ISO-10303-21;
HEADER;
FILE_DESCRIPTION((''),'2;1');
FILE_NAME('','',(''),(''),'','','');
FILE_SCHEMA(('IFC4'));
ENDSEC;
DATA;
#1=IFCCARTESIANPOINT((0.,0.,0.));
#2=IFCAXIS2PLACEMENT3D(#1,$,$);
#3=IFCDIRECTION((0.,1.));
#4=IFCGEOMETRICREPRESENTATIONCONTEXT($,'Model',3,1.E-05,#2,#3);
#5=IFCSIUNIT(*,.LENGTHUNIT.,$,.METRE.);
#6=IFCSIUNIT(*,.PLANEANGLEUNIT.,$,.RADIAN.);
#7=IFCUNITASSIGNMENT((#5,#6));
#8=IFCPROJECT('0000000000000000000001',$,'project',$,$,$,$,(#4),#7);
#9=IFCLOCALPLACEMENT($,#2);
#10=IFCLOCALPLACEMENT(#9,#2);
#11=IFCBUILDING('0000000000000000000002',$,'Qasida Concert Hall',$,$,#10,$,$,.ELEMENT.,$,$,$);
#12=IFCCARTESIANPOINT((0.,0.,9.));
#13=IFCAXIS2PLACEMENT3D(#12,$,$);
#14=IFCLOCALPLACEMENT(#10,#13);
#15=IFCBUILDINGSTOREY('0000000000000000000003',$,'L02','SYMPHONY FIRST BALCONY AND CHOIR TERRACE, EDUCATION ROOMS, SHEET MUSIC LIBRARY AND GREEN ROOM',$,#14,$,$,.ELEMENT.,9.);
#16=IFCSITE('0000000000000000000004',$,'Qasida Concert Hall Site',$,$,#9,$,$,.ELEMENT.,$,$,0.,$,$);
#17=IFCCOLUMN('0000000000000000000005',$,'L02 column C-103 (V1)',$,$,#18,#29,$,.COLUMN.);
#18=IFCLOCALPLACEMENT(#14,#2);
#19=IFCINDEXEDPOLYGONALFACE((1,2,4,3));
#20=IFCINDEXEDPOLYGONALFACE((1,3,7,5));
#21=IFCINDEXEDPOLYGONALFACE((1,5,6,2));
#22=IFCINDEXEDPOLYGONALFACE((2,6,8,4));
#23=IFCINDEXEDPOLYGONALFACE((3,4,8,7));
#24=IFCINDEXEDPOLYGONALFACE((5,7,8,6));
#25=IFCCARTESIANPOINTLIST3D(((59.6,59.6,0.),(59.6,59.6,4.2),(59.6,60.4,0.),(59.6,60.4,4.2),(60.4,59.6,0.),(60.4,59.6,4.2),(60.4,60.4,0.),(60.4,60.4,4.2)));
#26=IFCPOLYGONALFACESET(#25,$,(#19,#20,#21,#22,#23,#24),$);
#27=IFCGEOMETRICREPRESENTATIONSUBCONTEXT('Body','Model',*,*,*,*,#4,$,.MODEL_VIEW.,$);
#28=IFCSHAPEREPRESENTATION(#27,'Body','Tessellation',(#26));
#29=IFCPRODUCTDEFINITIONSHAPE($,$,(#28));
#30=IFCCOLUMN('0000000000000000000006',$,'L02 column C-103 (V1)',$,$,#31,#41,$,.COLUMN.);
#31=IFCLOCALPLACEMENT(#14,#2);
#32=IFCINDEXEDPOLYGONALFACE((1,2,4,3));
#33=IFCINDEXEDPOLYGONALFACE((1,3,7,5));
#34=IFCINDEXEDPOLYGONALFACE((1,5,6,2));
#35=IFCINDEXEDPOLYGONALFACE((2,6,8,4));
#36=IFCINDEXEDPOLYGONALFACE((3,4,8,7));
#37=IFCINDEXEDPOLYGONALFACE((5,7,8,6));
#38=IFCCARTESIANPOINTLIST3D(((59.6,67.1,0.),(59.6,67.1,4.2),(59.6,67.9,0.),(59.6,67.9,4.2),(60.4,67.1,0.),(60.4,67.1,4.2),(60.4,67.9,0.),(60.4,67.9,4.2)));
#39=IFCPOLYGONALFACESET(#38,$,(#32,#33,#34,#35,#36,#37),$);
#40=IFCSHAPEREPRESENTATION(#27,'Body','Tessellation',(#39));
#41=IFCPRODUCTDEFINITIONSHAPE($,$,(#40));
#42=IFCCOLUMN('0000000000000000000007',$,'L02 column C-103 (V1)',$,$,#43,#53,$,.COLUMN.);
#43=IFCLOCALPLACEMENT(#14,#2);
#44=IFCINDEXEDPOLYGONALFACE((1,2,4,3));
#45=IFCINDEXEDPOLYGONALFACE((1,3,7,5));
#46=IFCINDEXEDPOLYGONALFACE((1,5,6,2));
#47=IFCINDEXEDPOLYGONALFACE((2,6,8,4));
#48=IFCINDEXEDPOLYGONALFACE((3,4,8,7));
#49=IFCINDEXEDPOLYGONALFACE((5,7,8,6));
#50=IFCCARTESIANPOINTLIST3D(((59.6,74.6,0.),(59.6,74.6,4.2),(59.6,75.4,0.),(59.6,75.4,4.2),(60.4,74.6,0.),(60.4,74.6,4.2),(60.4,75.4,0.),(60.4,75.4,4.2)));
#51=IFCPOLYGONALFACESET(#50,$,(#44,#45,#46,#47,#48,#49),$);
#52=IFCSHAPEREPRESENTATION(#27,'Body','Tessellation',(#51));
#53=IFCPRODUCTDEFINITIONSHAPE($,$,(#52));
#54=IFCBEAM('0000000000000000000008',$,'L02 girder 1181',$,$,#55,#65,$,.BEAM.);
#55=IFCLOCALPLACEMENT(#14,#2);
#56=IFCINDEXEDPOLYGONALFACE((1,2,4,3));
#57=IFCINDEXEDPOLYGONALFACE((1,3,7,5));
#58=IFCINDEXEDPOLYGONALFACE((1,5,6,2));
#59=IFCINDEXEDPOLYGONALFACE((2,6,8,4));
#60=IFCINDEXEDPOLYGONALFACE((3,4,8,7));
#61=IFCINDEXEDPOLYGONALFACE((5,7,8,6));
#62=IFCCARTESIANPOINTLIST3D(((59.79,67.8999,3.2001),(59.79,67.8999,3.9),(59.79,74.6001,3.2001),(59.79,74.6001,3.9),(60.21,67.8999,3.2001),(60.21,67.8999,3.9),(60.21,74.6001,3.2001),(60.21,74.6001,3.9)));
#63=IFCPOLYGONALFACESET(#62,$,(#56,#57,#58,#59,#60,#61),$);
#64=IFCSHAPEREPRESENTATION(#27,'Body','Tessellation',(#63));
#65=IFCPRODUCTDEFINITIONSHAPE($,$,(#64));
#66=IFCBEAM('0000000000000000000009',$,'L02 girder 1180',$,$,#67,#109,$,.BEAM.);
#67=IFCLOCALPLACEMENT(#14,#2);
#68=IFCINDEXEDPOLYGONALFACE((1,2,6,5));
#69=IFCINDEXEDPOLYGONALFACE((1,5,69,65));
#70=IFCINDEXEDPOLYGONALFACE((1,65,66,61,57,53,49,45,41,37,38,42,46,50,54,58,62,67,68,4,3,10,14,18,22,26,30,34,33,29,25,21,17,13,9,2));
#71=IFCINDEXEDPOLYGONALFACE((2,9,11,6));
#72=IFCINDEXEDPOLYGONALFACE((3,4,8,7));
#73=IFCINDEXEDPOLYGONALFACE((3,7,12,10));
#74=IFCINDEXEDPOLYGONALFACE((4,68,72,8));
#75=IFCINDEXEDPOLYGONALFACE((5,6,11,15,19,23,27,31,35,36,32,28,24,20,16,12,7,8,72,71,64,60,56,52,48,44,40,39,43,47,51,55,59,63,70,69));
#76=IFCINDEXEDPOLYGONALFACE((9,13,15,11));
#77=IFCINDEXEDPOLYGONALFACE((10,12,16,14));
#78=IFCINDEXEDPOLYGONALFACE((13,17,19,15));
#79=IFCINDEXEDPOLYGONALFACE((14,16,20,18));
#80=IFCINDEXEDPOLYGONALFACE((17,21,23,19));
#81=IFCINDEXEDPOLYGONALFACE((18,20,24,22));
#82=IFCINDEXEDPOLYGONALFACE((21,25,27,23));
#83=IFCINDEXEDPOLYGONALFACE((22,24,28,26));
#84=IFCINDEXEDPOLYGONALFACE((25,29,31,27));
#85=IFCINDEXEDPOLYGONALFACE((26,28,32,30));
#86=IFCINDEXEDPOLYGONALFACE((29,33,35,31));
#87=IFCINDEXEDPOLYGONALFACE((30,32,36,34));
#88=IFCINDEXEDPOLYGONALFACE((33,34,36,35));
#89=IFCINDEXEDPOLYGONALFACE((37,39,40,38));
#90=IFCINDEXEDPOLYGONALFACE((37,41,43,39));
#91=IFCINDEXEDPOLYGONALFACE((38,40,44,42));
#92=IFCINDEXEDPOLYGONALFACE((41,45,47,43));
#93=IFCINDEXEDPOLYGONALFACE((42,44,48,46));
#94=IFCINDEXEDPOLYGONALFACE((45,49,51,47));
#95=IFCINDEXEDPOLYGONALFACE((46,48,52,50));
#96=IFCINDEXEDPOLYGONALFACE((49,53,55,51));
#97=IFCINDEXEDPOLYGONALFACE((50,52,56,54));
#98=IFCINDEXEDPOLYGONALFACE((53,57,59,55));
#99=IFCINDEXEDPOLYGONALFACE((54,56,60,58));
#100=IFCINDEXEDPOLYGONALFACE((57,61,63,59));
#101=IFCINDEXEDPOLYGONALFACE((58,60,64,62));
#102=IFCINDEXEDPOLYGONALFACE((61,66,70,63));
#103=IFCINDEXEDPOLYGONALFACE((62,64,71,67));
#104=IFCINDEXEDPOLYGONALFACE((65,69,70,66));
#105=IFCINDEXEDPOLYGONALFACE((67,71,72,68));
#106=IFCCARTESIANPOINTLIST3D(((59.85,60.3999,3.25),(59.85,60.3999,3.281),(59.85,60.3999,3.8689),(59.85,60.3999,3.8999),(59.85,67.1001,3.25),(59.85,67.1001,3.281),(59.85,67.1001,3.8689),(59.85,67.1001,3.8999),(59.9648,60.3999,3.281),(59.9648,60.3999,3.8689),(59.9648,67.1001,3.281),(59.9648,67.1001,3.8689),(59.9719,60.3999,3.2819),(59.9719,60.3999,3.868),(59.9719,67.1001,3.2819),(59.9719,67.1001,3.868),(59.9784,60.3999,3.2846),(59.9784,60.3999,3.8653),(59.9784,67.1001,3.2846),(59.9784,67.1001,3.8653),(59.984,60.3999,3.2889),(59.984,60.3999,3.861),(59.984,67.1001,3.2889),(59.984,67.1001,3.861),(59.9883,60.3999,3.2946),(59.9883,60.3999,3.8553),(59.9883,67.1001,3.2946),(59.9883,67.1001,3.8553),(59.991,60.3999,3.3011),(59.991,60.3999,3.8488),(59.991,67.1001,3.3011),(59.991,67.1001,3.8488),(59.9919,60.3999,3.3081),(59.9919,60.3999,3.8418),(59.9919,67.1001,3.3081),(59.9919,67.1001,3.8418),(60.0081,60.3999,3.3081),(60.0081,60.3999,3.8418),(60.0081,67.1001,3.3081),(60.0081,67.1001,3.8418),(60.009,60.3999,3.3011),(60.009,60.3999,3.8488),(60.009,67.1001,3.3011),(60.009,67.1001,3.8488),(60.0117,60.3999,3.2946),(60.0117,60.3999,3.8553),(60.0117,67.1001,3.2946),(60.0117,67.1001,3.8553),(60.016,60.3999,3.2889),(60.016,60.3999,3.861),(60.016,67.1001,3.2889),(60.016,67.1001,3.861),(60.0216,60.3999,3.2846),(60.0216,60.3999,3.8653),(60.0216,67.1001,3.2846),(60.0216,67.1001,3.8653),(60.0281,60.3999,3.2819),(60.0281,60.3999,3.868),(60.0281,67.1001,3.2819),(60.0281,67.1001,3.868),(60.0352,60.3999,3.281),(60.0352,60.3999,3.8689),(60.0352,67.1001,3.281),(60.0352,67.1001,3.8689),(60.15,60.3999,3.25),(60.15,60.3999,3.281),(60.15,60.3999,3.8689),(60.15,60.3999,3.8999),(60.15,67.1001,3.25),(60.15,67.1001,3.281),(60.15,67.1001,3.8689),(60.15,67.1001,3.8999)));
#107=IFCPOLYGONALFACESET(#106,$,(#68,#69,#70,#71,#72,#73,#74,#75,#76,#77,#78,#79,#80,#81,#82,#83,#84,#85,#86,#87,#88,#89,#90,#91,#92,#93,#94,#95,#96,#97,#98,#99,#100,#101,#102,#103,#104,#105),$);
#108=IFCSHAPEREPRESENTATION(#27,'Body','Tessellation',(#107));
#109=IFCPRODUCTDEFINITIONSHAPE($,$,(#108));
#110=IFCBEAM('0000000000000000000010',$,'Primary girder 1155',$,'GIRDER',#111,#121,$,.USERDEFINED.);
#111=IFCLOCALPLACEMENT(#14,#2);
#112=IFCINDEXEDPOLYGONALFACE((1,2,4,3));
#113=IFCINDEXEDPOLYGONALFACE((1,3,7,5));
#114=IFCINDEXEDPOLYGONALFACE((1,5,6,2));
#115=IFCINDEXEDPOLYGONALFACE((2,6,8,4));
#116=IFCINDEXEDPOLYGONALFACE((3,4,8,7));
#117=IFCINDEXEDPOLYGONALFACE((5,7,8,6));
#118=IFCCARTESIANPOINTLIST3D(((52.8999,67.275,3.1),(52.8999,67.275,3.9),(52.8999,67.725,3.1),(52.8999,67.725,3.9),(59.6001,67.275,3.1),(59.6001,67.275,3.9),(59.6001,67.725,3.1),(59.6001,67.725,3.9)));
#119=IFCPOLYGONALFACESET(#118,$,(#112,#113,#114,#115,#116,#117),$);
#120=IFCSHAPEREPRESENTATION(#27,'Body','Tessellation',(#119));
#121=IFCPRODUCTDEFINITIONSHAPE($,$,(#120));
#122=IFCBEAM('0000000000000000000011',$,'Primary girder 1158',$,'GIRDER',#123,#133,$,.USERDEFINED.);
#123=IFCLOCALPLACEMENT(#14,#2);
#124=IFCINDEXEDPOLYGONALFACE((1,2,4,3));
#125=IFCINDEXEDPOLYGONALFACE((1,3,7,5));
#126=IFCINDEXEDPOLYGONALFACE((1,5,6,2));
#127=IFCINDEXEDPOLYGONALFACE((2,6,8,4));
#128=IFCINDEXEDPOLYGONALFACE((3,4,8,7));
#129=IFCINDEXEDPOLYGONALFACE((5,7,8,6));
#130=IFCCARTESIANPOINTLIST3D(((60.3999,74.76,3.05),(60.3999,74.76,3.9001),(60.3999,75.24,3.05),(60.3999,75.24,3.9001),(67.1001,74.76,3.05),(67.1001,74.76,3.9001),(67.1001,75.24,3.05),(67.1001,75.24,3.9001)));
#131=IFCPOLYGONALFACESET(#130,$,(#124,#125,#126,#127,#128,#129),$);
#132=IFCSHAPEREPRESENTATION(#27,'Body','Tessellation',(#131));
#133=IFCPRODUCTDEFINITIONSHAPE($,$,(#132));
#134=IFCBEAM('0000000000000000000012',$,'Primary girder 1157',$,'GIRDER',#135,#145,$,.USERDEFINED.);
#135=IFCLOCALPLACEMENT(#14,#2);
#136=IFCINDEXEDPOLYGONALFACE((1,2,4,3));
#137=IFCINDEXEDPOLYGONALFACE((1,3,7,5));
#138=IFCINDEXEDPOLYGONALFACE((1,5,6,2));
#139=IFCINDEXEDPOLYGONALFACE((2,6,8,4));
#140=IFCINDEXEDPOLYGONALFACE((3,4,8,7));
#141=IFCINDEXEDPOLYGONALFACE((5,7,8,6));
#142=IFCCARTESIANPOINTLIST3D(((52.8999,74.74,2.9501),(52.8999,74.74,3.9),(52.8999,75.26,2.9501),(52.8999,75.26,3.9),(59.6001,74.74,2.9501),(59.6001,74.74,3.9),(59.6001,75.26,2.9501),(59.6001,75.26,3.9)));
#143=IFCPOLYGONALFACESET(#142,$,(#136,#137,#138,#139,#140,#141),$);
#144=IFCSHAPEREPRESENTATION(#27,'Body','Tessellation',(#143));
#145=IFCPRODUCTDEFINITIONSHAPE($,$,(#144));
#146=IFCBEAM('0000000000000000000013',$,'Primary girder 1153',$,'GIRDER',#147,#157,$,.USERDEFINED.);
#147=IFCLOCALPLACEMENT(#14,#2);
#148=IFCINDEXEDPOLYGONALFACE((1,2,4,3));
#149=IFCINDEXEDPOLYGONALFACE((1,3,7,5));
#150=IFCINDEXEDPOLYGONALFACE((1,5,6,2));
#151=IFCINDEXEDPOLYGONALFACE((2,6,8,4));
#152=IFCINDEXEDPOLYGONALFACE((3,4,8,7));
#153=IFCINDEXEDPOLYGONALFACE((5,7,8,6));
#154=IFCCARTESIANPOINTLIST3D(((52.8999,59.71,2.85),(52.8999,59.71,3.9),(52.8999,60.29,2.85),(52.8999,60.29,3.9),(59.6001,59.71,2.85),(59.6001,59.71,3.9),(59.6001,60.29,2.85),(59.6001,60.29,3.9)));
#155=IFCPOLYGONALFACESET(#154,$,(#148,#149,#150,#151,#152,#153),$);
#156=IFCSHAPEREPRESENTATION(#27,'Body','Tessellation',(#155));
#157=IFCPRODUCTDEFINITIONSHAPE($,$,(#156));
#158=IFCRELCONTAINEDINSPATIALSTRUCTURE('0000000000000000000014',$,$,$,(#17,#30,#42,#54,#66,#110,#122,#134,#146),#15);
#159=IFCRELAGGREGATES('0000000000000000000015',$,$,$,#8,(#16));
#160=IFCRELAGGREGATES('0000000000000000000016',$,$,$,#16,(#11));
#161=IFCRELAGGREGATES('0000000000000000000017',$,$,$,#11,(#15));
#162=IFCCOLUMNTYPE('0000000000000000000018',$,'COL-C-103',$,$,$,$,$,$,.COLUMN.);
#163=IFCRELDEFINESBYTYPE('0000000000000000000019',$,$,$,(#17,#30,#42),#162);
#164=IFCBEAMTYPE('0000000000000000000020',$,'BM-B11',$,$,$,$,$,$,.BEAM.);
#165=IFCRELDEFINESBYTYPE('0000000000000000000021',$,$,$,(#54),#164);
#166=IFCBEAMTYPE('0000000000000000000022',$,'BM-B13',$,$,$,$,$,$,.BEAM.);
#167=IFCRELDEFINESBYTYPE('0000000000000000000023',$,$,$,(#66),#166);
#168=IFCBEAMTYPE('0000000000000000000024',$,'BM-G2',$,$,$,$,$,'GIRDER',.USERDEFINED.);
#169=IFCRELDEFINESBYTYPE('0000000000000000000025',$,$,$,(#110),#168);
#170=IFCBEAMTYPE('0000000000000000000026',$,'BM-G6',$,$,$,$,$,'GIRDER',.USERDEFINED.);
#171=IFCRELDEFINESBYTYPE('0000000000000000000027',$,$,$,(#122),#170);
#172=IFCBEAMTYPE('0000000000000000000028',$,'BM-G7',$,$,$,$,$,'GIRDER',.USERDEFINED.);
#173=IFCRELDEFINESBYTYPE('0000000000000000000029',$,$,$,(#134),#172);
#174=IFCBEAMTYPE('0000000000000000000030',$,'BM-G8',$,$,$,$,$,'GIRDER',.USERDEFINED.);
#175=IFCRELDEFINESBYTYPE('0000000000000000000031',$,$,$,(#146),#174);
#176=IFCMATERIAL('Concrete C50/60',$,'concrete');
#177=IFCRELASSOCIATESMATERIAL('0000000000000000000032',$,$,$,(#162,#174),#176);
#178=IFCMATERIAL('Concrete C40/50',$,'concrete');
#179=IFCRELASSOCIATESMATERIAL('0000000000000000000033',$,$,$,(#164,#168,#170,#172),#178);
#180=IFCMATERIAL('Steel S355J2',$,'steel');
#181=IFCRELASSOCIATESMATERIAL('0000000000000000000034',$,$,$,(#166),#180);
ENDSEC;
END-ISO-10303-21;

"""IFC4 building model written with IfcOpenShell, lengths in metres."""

from ifc_helpers import new_model, si_unit, direction, frame, origin, origin_2d, place, context, subcontext, project, spatial, rectangle, i_section, extrude, material, material_profile, profile_set, type_object, element, save


model = new_model("IFC4")

# Units and contexts
model_context = context("Model", 3, precision=1e-05, world=origin(), true_north=direction((0.0, 1.0)))
body_context = subcontext(model_context, "Body", "Model", "MODEL_VIEW")
ifc_project = project(units=[si_unit("LENGTHUNIT", "METRE"), si_unit("PLANEANGLEUNIT", "RADIAN")], contexts=[model_context])

# Site, building, storey
site_placement = place(None, origin())
site = spatial("IfcSite", under=ifc_project, at=site_placement, Name="Qasida Concert Hall Site", CompositionType="ELEMENT", RefElevation=0.0)
building_placement = place(site_placement, origin())
building = spatial("IfcBuilding", under=site, at=building_placement, Name="Qasida Concert Hall", CompositionType="ELEMENT")
storey_placement = place(building_placement, frame((0.0, 0.0, 9.0)))
storey = spatial("IfcBuildingStorey", under=building, at=storey_placement, Name="L02", Description="SYMPHONY FIRST BALCONY AND CHOIR TERRACE, EDUCATION ROOMS, SHEET MUSIC LIBRARY AND GREEN ROOM", CompositionType="ELEMENT", Elevation=9.0)

# Columns
ifc_material_1 = material(Name="Concrete C50/60", Category="concrete")
ifc_material_profile_1 = material_profile(ifc_material_1, rectangle(XDim=0.8, YDim=0.8, at=origin_2d()), Name="RC 800x800")
ifc_profile_set_1 = profile_set([ifc_material_profile_1], Name="Concrete C50/60")
column_type = type_object("IfcColumnType", Name="COL-C-103", PredefinedType="COLUMN", material=ifc_profile_set_1)
for number, where, z_axis, x_axis, name in (
    (1, (60.0, 60.0, 0.0), (0.0, 0.0, 1.0), (1.0, 0.0, 0.0), "L02 column C-103 (V1)"),
    (2, (60.0, 67.5, 0.0), (0.0, 0.0, 1.0), (1.0, 0.0, 0.0), "L02 column C-103 (V1)"),
    (3, (60.0, 75.0, 0.0), (0.0, 0.0, 1.0), (1.0, 0.0, 0.0), "L02 column C-103 (V1)"),
):
    element("IfcColumn", number, at=place(storey_placement, frame(where, z_axis=z_axis, x_axis=x_axis)), inside=storey, type_object=column_type, Name=name, PredefinedType="COLUMN", context=body_context, shape_type="SweptSolid", body=[
        extrude(rectangle(XDim=0.8, YDim=0.8, at=origin_2d()), origin(), (0.0, 0.0, 1.0), 4.2),
    ])

# Beams
ifc_material_2 = material(Name="Concrete C40/50", Category="concrete")
ifc_material_profile_2 = material_profile(ifc_material_2, rectangle(XDim=0.4199, YDim=0.7, at=origin_2d()), Name="RC 420x700")
ifc_profile_set_2 = profile_set([ifc_material_profile_2], Name="Concrete C40/50")
beam_type_1 = type_object("IfcBeamType", Name="BM-B11", PredefinedType="BEAM", material=ifc_profile_set_2)
beam_1_placement = place(storey_placement, frame((60.0, 67.8999, 3.55), z_axis=(0.0, 1.0, 0.0), x_axis=(-1.0, 0.0, 0.0)))
element("IfcBeam", 4, at=beam_1_placement, inside=storey, type_object=beam_type_1, Name="L02 girder 1181", PredefinedType="BEAM", context=body_context, shape_type="SweptSolid", body=[
    extrude(rectangle(XDim=0.4199, YDim=0.7, at=origin_2d()), origin(), (0.0, 0.0, 1.0), 6.7002),
])
ifc_material_3 = material(Name="Steel S355J2", Category="steel")
ifc_material_profile_3 = material_profile(ifc_material_3, i_section(OverallWidth=0.3, OverallDepth=0.6499, WebThickness=0.0161, FlangeThickness=0.031, FilletRadius=0.0271, at=origin_2d()), Name="HEB 650")
ifc_profile_set_3 = profile_set([ifc_material_profile_3], Name="Steel S355J2")
beam_type_2 = type_object("IfcBeamType", Name="BM-B13", PredefinedType="BEAM", material=ifc_profile_set_3)
beam_2_placement = place(storey_placement, frame((60.0, 60.3999, 3.575), z_axis=(0.0, 1.0, 0.0), x_axis=(-1.0, 0.0, 0.0)))
element("IfcBeam", 5, at=beam_2_placement, inside=storey, type_object=beam_type_2, Name="L02 girder 1180", PredefinedType="BEAM", context=body_context, shape_type="SweptSolid", body=[
    extrude(i_section(OverallWidth=0.3, OverallDepth=0.6499, WebThickness=0.0161, FlangeThickness=0.031, FilletRadius=0.0271, at=origin_2d()), origin(), (0.0, 0.0, 1.0), 6.7002),
])
ifc_material_profile_4 = material_profile(ifc_material_2, rectangle(XDim=0.45, YDim=0.8, at=origin_2d()), Name="RC 450x800")
ifc_profile_set_4 = profile_set([ifc_material_profile_4], Name="Concrete C40/50")
beam_type_3 = type_object("IfcBeamType", Name="BM-G2", ElementType="GIRDER", PredefinedType="USERDEFINED", material=ifc_profile_set_4)
beam_3_placement = place(storey_placement, frame((52.8999, 67.5, 3.5), z_axis=(1.0, 0.0, 0.0), x_axis=(0.0, 1.0, 0.0)))
element("IfcBeam", 6, at=beam_3_placement, inside=storey, type_object=beam_type_3, Name="Primary girder 1155", ObjectType="GIRDER", PredefinedType="USERDEFINED", context=body_context, shape_type="SweptSolid", body=[
    extrude(rectangle(XDim=0.45, YDim=0.8, at=origin_2d()), origin(), (0.0, 0.0, 1.0), 6.7002),
])
ifc_material_profile_5 = material_profile(ifc_material_2, rectangle(XDim=0.48, YDim=0.8501, at=origin_2d()), Name="RC 480x850")
ifc_profile_set_5 = profile_set([ifc_material_profile_5], Name="Concrete C40/50")
beam_type_4 = type_object("IfcBeamType", Name="BM-G6", ElementType="GIRDER", PredefinedType="USERDEFINED", material=ifc_profile_set_5)
beam_4_placement = place(storey_placement, frame((60.3999, 75.0, 3.4751), z_axis=(1.0, 0.0, 0.0), x_axis=(0.0, 1.0, 0.0)))
element("IfcBeam", 7, at=beam_4_placement, inside=storey, type_object=beam_type_4, Name="Primary girder 1158", ObjectType="GIRDER", PredefinedType="USERDEFINED", context=body_context, shape_type="SweptSolid", body=[
    extrude(rectangle(XDim=0.48, YDim=0.8501, at=origin_2d()), origin(), (0.0, 0.0, 1.0), 6.7002),
])
ifc_material_profile_6 = material_profile(ifc_material_2, rectangle(XDim=0.52, YDim=0.95, at=origin_2d()), Name="RC 520x950")
ifc_profile_set_6 = profile_set([ifc_material_profile_6], Name="Concrete C40/50")
beam_type_5 = type_object("IfcBeamType", Name="BM-G7", ElementType="GIRDER", PredefinedType="USERDEFINED", material=ifc_profile_set_6)
beam_5_placement = place(storey_placement, frame((52.8999, 75.0, 3.425), z_axis=(1.0, 0.0, 0.0), x_axis=(0.0, 1.0, 0.0)))
element("IfcBeam", 8, at=beam_5_placement, inside=storey, type_object=beam_type_5, Name="Primary girder 1157", ObjectType="GIRDER", PredefinedType="USERDEFINED", context=body_context, shape_type="SweptSolid", body=[
    extrude(rectangle(XDim=0.52, YDim=0.95, at=origin_2d()), origin(), (0.0, 0.0, 1.0), 6.7002),
])
ifc_material_profile_7 = material_profile(ifc_material_1, rectangle(XDim=0.5801, YDim=1.05, at=origin_2d()), Name="RC 580x1050")
ifc_profile_set_7 = profile_set([ifc_material_profile_7], Name="Concrete C50/60")
beam_type_6 = type_object("IfcBeamType", Name="BM-G8", ElementType="GIRDER", PredefinedType="USERDEFINED", material=ifc_profile_set_7)
beam_6_placement = place(storey_placement, frame((52.8999, 60.0, 3.375), z_axis=(1.0, 0.0, 0.0), x_axis=(0.0, 1.0, 0.0)))
element("IfcBeam", 9, at=beam_6_placement, inside=storey, type_object=beam_type_6, Name="Primary girder 1153", ObjectType="GIRDER", PredefinedType="USERDEFINED", context=body_context, shape_type="SweptSolid", body=[
    extrude(rectangle(XDim=0.5801, YDim=1.05, at=origin_2d()), origin(), (0.0, 0.0, 1.0), 6.7002),
])

save(model, "model.ifc")
